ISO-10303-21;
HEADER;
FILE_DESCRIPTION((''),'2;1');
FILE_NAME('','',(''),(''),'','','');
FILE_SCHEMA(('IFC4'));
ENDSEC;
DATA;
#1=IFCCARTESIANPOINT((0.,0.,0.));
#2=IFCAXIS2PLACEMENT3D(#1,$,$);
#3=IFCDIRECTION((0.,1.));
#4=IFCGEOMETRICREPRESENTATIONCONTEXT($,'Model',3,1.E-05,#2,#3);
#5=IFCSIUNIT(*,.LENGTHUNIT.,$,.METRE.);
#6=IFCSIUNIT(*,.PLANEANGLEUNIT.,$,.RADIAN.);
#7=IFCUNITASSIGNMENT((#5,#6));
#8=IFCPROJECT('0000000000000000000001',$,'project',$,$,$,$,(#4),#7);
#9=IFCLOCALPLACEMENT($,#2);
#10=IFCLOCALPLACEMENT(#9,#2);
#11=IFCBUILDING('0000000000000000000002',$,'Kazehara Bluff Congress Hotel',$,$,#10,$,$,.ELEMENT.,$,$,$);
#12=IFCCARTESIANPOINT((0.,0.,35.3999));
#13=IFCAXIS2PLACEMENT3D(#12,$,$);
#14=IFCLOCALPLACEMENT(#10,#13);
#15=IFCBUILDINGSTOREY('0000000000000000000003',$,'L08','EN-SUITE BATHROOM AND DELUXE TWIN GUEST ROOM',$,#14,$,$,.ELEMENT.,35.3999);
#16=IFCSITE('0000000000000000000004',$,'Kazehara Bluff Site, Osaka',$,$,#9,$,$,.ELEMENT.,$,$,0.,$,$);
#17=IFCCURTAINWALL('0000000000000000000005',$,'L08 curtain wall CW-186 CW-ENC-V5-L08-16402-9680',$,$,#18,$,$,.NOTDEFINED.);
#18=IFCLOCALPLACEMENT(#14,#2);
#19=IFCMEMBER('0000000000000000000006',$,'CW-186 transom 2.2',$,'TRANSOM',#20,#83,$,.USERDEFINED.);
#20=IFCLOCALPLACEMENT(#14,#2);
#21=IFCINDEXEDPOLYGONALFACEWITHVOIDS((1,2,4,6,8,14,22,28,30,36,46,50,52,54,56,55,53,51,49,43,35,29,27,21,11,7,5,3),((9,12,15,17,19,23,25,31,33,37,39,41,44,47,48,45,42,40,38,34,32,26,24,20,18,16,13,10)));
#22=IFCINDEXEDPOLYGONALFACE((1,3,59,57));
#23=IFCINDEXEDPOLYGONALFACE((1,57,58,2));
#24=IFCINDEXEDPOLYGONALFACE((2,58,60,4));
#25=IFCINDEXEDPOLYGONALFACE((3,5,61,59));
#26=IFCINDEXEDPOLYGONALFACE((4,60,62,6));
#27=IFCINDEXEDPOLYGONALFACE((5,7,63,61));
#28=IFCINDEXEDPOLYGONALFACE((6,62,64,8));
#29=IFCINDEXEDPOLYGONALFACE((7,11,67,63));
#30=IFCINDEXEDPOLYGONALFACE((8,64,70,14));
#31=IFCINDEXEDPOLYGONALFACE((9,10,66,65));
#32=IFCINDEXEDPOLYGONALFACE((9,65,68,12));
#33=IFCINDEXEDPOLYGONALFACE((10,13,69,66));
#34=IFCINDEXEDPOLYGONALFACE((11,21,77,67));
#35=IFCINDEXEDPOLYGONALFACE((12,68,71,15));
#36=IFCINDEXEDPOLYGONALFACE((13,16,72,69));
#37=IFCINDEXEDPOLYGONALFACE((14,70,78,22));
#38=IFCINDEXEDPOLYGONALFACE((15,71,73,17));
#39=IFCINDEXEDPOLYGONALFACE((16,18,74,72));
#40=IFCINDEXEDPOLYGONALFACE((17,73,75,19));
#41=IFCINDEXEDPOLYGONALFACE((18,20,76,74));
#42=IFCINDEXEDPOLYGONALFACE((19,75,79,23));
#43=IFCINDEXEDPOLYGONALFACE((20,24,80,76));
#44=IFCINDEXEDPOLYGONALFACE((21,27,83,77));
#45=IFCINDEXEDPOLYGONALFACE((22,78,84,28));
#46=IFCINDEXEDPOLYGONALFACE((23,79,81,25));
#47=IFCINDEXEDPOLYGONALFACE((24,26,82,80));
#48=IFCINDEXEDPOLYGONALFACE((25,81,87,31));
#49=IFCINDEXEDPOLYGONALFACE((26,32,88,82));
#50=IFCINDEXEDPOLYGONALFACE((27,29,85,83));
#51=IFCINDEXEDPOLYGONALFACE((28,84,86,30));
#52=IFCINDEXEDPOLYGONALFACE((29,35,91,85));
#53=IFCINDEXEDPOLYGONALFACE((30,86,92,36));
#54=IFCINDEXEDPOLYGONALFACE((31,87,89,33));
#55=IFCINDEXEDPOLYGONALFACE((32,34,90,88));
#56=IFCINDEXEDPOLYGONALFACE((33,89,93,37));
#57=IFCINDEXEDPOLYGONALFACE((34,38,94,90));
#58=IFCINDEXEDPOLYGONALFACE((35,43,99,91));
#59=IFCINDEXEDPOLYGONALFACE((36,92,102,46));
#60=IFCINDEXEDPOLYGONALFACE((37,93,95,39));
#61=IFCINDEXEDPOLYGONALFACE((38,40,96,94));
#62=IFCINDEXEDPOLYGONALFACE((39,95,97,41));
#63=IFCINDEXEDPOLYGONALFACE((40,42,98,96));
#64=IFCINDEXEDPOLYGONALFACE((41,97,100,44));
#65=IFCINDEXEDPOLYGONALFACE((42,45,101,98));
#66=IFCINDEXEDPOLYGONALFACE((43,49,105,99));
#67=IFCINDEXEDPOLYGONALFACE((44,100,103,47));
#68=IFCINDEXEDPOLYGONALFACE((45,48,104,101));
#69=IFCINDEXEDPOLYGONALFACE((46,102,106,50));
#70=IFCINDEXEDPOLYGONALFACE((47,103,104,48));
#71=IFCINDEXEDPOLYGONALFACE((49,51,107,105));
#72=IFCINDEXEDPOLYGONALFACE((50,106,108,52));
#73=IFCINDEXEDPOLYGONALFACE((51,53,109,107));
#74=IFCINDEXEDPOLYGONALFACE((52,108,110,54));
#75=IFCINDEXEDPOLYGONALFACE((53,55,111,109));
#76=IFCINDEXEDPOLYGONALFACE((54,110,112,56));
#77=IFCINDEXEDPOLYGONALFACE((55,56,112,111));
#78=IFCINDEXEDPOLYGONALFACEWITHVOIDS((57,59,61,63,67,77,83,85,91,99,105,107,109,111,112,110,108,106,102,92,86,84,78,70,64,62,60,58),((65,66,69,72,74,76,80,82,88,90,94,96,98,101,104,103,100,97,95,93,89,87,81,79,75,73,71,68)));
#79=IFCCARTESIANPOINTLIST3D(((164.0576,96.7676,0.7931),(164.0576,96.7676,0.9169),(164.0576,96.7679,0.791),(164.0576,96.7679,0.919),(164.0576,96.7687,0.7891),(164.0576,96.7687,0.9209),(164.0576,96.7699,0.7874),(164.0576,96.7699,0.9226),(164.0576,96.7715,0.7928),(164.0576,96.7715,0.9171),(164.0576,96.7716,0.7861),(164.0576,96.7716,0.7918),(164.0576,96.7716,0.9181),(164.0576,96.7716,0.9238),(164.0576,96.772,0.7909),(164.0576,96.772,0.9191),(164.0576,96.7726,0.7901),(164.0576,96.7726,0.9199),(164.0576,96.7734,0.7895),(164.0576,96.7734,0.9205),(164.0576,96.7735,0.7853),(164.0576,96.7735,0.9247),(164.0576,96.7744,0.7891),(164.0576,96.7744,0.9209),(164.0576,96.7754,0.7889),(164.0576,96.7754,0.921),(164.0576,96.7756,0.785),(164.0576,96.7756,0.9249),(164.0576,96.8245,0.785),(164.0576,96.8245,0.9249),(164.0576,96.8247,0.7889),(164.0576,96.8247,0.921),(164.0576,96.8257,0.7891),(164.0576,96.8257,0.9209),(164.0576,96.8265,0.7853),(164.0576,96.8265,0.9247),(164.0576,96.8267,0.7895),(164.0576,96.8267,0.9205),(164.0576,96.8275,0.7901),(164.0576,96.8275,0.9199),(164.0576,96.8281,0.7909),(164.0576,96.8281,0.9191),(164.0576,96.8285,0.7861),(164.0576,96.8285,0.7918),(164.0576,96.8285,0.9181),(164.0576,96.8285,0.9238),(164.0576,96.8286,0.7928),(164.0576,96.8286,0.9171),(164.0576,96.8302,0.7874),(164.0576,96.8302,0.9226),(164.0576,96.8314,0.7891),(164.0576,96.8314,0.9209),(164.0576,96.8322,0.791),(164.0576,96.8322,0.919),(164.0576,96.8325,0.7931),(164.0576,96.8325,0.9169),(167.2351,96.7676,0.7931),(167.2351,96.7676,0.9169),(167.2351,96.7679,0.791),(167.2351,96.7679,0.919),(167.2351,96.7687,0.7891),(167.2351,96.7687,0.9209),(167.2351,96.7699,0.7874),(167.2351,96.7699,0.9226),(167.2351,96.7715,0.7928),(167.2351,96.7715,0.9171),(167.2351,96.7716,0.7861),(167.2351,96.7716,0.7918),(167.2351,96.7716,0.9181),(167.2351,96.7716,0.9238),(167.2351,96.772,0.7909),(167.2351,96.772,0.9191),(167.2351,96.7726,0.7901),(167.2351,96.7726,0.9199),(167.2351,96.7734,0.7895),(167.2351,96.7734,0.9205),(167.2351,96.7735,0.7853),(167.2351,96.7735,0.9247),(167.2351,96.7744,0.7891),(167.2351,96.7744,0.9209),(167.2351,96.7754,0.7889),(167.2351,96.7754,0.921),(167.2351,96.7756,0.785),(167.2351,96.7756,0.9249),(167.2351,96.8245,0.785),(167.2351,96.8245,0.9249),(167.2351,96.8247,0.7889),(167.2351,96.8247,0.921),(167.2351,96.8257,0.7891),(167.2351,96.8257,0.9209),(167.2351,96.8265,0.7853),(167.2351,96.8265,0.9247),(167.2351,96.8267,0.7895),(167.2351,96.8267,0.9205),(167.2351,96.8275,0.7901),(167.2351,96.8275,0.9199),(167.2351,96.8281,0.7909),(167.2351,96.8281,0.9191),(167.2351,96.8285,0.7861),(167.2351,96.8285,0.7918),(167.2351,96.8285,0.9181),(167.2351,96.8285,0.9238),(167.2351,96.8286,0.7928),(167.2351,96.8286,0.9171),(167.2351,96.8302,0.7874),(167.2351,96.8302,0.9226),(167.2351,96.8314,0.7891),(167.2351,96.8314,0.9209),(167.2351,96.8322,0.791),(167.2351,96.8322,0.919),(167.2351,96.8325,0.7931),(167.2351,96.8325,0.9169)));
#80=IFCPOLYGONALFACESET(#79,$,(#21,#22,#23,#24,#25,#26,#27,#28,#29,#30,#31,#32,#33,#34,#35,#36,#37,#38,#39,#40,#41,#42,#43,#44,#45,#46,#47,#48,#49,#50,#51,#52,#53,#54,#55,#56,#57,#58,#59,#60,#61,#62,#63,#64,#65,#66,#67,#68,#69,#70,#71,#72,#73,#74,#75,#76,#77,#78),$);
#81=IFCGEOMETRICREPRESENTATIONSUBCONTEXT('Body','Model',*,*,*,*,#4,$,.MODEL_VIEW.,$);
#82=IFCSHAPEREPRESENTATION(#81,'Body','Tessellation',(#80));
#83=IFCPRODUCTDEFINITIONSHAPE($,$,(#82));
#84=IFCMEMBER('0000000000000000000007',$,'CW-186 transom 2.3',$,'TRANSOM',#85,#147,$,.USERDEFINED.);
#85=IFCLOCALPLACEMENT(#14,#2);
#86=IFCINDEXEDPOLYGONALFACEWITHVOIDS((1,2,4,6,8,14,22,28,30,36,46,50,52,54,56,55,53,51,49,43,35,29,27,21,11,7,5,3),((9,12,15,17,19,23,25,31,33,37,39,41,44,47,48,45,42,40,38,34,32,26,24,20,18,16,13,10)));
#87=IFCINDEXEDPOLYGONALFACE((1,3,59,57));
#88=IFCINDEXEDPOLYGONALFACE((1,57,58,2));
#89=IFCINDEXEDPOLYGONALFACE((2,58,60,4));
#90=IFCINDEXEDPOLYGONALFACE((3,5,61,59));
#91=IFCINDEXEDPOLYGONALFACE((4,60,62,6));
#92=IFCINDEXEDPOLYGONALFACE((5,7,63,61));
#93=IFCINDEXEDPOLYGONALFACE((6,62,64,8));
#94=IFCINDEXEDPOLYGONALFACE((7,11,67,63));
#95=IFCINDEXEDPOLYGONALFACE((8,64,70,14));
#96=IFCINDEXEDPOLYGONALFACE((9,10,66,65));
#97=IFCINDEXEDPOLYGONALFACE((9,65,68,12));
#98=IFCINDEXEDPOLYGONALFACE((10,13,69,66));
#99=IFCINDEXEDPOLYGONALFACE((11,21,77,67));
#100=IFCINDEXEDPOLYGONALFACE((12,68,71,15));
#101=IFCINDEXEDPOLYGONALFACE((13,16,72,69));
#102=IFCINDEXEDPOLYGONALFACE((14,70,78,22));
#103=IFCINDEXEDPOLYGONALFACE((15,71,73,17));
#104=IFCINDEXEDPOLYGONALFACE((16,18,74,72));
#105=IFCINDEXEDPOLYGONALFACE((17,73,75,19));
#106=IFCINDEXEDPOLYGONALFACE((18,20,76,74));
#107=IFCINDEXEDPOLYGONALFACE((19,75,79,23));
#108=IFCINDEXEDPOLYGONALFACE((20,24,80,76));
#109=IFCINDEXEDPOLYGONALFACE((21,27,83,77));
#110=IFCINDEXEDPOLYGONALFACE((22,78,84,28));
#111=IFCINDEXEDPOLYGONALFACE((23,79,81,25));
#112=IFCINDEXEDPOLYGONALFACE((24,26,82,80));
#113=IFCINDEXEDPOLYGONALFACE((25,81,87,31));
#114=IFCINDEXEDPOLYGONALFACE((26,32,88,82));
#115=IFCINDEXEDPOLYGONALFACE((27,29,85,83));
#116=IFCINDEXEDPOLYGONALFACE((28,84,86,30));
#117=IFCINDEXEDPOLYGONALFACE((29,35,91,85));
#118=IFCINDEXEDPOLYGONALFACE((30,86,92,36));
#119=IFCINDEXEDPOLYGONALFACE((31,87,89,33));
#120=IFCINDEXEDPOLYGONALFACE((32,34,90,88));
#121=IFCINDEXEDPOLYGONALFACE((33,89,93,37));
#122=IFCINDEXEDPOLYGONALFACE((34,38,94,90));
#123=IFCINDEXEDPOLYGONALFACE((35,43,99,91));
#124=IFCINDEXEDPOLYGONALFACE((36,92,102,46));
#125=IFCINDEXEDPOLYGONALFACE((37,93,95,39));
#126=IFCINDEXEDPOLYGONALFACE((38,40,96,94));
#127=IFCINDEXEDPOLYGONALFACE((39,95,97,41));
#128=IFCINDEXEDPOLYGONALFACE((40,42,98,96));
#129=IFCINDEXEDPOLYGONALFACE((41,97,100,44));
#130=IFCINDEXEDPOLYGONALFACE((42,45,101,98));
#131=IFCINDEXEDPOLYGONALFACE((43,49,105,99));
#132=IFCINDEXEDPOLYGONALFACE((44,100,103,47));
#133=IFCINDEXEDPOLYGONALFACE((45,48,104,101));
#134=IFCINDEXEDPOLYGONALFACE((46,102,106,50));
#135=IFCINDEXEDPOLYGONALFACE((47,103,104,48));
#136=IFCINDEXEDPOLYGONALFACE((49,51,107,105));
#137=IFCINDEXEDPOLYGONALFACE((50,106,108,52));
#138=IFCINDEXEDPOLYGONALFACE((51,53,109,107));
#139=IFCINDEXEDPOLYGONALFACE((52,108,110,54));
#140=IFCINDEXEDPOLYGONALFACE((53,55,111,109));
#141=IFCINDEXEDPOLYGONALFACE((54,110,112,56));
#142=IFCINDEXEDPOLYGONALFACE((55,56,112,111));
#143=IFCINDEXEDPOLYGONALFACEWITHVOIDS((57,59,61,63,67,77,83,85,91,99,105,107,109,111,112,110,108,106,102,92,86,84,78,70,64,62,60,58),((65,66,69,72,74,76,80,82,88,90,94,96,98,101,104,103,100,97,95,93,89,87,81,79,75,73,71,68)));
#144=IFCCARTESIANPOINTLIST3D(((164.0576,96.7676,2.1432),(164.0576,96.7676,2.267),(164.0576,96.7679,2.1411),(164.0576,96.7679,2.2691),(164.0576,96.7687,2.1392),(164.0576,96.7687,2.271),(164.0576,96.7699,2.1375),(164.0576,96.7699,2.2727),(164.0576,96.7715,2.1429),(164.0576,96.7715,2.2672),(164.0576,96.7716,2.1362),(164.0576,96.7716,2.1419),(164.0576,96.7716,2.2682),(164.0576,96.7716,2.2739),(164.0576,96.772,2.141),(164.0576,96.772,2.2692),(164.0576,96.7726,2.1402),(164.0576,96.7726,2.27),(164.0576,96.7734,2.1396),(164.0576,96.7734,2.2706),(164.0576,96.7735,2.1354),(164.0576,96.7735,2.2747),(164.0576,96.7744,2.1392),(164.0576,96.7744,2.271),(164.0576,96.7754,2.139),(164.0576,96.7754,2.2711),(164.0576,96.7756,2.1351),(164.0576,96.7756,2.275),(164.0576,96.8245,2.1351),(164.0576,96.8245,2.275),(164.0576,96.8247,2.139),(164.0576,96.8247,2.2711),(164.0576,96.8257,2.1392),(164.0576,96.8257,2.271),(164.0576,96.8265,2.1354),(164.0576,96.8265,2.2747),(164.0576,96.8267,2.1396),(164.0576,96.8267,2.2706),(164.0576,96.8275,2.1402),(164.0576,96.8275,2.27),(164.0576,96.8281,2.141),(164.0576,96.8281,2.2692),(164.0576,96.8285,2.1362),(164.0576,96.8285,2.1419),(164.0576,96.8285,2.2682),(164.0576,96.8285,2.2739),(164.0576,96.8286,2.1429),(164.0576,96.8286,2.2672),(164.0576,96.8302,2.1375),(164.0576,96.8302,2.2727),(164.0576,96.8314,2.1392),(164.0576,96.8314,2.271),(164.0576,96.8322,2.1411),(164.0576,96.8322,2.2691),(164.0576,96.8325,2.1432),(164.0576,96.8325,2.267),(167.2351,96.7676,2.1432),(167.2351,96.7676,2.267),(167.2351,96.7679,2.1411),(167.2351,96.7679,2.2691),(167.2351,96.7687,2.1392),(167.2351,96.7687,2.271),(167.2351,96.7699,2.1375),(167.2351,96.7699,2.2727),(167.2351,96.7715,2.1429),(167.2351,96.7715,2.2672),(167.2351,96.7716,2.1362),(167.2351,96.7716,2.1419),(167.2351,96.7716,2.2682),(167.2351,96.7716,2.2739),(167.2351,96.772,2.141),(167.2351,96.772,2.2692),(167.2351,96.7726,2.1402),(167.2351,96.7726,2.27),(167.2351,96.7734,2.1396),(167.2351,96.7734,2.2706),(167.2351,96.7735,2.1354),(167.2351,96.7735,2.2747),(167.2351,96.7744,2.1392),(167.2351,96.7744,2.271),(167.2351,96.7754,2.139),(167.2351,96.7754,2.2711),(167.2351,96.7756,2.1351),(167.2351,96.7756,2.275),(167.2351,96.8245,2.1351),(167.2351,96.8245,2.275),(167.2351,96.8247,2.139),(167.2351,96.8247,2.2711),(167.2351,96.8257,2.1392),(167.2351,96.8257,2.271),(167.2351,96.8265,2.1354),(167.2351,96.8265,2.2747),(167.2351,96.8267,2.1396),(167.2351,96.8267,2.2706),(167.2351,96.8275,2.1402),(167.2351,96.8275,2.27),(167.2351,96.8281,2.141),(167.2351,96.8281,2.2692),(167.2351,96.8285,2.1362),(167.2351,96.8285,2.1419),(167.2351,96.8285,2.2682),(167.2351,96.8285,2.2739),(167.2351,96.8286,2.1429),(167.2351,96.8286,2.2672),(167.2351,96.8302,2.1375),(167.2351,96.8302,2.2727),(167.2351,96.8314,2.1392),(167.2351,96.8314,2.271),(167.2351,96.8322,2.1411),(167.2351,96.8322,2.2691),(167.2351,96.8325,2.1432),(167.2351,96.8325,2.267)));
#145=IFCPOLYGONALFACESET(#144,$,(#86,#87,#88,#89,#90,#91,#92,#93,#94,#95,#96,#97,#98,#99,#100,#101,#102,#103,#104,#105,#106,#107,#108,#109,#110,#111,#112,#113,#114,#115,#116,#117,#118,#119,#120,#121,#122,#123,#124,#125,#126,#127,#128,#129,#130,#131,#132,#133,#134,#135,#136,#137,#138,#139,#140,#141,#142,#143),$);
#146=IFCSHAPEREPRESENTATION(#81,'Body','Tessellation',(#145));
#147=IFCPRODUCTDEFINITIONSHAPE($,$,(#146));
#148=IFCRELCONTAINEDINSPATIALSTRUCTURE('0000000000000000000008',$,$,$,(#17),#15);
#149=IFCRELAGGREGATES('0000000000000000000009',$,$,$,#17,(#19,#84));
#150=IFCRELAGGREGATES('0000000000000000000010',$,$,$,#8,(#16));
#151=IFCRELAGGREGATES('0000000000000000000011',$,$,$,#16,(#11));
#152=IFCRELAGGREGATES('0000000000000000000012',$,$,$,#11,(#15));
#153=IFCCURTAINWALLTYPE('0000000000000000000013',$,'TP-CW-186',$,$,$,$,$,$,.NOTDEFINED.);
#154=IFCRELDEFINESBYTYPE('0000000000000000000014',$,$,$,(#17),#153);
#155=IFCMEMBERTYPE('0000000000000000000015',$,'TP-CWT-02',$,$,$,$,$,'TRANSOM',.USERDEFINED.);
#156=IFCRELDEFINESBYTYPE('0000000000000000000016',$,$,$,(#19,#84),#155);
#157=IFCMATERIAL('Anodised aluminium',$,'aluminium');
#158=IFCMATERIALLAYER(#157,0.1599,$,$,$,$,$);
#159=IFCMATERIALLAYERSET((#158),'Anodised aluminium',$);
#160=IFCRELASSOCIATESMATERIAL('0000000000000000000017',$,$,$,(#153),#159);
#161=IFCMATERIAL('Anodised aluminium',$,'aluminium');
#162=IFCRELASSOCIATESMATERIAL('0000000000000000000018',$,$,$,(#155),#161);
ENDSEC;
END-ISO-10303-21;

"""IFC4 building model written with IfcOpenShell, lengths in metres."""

from ifc_helpers import new_model, si_unit, direction, frame, origin, origin_2d, place, context, subcontext, project, spatial, hollow_rectangle, extrude, material, layer, layer_set, material_profile, profile_set, type_object, element, aggregate, save


model = new_model("IFC4")

# Units and contexts
model_context = context("Model", 3, precision=1e-05, world=origin(), true_north=direction((0.0, 1.0)))
body_context = subcontext(model_context, "Body", "Model", "MODEL_VIEW")
ifc_project = project(units=[si_unit("LENGTHUNIT", "METRE"), si_unit("PLANEANGLEUNIT", "RADIAN")], contexts=[model_context])

# Site, building, storey
site_placement = place(None, origin())
site = spatial("IfcSite", under=ifc_project, at=site_placement, Name="Kazehara Bluff Site, Osaka", CompositionType="ELEMENT", RefElevation=0.0)
building_placement = place(site_placement, origin())
building = spatial("IfcBuilding", under=site, at=building_placement, Name="Kazehara Bluff Congress Hotel", CompositionType="ELEMENT")
storey_placement = place(building_placement, frame((0.0, 0.0, 35.3999)))
storey = spatial("IfcBuildingStorey", under=building, at=storey_placement, Name="L08", Description="EN-SUITE BATHROOM AND DELUXE TWIN GUEST ROOM", CompositionType="ELEMENT", Elevation=35.3999)

# Curtain wall, members
ifc_material_1 = material(Name="Anodised aluminium", Category="aluminium")
ifc_layer_1 = layer(ifc_material_1, 0.1599)
ifc_layer_set_1 = layer_set([ifc_layer_1], Name="Anodised aluminium")
curtain_wall_type = type_object("IfcCurtainWallType", Name="TP-CW-186", PredefinedType="NOTDEFINED", material=ifc_layer_set_1)
curtain_wall_placement = place(storey_placement, origin())
curtain_wall = element("IfcCurtainWall", 1, at=curtain_wall_placement, inside=storey, type_object=curtain_wall_type, Name="L08 curtain wall CW-186 CW-ENC-V5-L08-16402-9680", PredefinedType="NOTDEFINED")
ifc_material_2 = material(Name="Anodised aluminium", Category="aluminium")
ifc_material_profile_1 = material_profile(ifc_material_2, hollow_rectangle(XDim=0.0649, YDim=0.1399, WallThickness=0.0039, InnerFilletRadius=0.0039, OuterFilletRadius=0.0081, at=origin_2d()))
ifc_profile_set_1 = profile_set([ifc_material_profile_1], Name="Anodised aluminium")
member_type_1 = type_object("IfcMemberType", Name="TP-CWT-02", ElementType="TRANSOM", PredefinedType="USERDEFINED", material=ifc_profile_set_1)
member_1_placement = place(storey_placement, frame((164.0576, 96.8, 0.855), z_axis=(1.0, 0.0, 0.0), x_axis=(0.0, 1.0, 0.0)))
member_1 = element("IfcMember", 2, at=member_1_placement, type_object=member_type_1, Name="CW-186 transom 2.2", ObjectType="TRANSOM", PredefinedType="USERDEFINED", context=body_context, shape_type="SweptSolid", body=[
    extrude(hollow_rectangle(XDim=0.0649, YDim=0.1399, WallThickness=0.0039, InnerFilletRadius=0.0039, OuterFilletRadius=0.0081, at=origin_2d()), origin(), (0.0, 0.0, 1.0), 3.1775),
])
member_2_placement = place(storey_placement, frame((164.0576, 96.8, 2.2051), z_axis=(1.0, 0.0, 0.0), x_axis=(0.0, 1.0, 0.0)))
member_2 = element("IfcMember", 3, at=member_2_placement, type_object=member_type_1, Name="CW-186 transom 2.3", ObjectType="TRANSOM", PredefinedType="USERDEFINED", context=body_context, shape_type="SweptSolid", body=[
    extrude(hollow_rectangle(XDim=0.0649, YDim=0.1399, WallThickness=0.0039, InnerFilletRadius=0.0039, OuterFilletRadius=0.0081, at=origin_2d()), origin(), (0.0, 0.0, 1.0), 3.1775),
])

aggregate(curtain_wall, [member_1, member_2])

save(model, "model.ifc")
